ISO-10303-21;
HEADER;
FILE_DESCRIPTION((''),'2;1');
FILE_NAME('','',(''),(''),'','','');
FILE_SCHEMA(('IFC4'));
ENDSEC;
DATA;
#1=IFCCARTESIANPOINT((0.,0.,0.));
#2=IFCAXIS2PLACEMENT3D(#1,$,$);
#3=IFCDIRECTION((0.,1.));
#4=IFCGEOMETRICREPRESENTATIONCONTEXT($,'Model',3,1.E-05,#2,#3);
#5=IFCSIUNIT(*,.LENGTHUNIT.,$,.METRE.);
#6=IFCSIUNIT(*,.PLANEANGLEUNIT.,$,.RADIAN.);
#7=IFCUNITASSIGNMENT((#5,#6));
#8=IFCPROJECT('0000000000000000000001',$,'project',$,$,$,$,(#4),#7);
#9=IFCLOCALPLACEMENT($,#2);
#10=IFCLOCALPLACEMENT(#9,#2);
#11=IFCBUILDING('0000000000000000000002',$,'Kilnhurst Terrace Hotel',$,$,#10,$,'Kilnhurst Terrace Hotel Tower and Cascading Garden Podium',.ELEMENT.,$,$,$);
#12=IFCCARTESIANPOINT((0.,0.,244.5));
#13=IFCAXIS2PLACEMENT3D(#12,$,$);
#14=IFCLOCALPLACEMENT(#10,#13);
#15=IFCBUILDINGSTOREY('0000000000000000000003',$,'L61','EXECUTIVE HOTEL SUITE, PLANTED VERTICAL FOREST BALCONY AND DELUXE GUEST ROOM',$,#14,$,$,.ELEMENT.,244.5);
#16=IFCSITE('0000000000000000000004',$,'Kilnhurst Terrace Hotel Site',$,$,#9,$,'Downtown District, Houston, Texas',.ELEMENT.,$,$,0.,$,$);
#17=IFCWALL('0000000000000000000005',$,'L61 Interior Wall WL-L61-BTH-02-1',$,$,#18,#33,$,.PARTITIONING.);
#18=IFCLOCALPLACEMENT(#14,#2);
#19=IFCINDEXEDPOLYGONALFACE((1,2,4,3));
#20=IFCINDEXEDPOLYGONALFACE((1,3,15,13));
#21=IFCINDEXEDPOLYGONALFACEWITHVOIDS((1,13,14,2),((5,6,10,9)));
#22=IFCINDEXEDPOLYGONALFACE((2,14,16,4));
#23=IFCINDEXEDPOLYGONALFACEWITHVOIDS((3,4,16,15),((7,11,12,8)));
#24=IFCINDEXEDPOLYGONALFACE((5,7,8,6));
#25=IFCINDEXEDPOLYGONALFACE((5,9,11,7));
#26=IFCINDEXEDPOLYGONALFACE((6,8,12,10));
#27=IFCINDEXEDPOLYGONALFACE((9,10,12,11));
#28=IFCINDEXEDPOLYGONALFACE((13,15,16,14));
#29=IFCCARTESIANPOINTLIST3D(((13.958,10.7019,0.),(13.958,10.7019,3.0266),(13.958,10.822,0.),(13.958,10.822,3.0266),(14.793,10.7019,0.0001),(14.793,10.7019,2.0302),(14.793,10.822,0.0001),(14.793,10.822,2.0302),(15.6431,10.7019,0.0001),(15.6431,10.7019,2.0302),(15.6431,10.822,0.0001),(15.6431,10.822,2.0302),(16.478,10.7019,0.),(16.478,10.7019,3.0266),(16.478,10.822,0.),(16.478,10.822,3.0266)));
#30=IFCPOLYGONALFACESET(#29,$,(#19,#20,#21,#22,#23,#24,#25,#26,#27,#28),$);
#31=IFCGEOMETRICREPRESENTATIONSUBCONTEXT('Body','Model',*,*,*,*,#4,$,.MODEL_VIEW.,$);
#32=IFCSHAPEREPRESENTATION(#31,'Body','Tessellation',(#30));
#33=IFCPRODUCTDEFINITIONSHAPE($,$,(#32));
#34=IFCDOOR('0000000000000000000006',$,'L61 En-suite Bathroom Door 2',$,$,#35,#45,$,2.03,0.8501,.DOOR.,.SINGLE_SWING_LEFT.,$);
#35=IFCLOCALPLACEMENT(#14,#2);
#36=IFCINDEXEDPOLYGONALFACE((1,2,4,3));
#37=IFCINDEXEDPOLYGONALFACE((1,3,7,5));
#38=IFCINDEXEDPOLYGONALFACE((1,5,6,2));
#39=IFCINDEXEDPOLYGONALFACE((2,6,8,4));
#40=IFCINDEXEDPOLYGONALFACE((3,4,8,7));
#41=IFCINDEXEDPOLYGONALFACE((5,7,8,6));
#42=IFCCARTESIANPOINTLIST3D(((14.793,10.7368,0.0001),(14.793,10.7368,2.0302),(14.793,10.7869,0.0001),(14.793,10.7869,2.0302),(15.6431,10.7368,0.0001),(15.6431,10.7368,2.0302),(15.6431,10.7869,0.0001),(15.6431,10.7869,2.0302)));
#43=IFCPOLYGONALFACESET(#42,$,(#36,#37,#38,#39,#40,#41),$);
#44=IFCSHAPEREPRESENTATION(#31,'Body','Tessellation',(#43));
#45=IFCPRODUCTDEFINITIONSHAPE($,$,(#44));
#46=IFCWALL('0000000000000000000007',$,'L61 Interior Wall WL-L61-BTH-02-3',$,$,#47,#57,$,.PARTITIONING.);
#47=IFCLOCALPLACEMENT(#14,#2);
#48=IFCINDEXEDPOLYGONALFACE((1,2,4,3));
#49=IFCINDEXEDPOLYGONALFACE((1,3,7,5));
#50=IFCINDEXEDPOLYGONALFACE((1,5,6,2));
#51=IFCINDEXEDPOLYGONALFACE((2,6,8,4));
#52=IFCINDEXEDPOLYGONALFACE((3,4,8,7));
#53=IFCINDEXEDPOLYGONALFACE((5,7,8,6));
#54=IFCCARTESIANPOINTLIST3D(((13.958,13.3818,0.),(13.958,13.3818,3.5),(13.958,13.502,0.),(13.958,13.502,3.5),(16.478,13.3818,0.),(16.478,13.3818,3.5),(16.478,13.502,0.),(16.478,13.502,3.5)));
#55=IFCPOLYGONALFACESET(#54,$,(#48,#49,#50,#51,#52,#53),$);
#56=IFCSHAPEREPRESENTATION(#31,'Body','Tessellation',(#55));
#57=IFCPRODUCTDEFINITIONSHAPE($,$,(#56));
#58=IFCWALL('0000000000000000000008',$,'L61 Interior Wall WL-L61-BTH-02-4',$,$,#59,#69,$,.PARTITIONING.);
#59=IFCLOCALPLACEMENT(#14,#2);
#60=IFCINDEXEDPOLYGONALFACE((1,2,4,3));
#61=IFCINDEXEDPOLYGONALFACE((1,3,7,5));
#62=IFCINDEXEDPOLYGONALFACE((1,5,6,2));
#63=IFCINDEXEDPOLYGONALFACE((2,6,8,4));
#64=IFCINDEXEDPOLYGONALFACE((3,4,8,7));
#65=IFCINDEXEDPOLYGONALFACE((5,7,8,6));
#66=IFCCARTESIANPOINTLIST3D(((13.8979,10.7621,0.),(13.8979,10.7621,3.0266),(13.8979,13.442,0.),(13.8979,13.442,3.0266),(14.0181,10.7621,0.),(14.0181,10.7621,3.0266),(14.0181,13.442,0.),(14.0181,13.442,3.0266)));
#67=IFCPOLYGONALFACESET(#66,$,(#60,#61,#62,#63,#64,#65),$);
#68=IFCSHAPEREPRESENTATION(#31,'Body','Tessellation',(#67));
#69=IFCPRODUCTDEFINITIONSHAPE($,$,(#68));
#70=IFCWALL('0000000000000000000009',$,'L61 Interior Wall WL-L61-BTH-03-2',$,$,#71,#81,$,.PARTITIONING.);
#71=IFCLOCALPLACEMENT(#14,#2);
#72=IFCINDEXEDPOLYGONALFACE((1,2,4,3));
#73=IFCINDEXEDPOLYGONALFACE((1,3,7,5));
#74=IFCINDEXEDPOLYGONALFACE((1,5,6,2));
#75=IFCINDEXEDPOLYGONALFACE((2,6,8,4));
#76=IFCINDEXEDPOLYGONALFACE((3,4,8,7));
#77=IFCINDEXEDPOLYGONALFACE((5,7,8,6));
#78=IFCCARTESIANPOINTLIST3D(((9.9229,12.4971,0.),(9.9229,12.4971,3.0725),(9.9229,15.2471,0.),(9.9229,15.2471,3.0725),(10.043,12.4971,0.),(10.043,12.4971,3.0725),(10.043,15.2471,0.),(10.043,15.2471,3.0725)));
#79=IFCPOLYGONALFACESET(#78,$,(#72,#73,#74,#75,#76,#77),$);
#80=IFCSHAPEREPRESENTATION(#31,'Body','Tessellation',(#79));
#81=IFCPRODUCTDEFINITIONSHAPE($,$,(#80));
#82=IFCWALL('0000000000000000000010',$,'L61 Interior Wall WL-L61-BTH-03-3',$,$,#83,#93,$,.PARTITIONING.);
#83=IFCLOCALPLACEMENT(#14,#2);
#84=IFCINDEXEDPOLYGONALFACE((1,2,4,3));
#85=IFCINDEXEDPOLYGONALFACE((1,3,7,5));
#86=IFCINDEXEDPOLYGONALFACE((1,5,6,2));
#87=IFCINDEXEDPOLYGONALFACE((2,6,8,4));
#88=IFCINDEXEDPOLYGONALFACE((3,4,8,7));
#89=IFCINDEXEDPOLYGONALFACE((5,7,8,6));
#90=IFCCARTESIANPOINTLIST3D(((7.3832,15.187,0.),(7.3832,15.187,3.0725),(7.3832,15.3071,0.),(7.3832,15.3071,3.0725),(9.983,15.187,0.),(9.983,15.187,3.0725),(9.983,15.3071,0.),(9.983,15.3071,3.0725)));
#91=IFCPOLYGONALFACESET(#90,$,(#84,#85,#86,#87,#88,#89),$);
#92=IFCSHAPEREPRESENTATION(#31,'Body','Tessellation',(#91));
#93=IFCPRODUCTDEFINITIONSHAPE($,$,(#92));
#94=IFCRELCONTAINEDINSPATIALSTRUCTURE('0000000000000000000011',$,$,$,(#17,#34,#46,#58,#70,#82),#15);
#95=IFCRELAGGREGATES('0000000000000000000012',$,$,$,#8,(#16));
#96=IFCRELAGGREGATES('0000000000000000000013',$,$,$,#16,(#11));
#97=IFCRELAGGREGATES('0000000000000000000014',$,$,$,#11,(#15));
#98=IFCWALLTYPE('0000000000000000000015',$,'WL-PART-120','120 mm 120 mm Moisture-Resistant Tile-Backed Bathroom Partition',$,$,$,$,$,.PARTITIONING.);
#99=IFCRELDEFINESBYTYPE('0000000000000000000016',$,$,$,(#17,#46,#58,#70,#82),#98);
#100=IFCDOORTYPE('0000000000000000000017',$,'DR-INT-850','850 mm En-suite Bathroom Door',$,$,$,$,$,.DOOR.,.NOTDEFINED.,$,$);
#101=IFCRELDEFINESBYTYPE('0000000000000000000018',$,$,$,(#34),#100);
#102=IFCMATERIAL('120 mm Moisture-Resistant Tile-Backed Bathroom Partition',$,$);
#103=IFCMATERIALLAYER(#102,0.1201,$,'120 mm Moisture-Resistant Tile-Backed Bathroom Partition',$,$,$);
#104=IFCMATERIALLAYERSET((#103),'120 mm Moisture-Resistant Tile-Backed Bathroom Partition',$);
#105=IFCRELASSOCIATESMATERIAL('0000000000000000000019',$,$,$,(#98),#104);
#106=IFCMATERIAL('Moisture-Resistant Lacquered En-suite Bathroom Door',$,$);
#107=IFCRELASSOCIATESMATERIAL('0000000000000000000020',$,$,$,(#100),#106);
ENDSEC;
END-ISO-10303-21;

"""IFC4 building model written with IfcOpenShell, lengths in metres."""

from ifc_helpers import new_model, si_unit, direction, frame, frame_2d, origin, place, context, subcontext, project, spatial, rectangle, extrude, material, layer, layer_set, type_object, element, fill, save


model = new_model("IFC4")

# Units and contexts
model_context = context("Model", 3, precision=1e-05, world=origin(), true_north=direction((0.0, 1.0)))
body_context = subcontext(model_context, "Body", "Model", "MODEL_VIEW")
ifc_project = project(units=[si_unit("LENGTHUNIT", "METRE"), si_unit("PLANEANGLEUNIT", "RADIAN")], contexts=[model_context])

# Site, building, storey
site_placement = place(None, origin())
site = spatial("IfcSite", under=ifc_project, at=site_placement, Name="Kilnhurst Terrace Hotel Site", LongName="Downtown District, Houston, Texas", CompositionType="ELEMENT", RefElevation=0.0)
building_placement = place(site_placement, origin())
building = spatial("IfcBuilding", under=site, at=building_placement, Name="Kilnhurst Terrace Hotel", LongName="Kilnhurst Terrace Hotel Tower and Cascading Garden Podium", CompositionType="ELEMENT")
storey_placement = place(building_placement, frame((0.0, 0.0, 244.5)))
storey = spatial("IfcBuildingStorey", under=building, at=storey_placement, Name="L61", Description="EXECUTIVE HOTEL SUITE, PLANTED VERTICAL FOREST BALCONY AND DELUXE GUEST ROOM", CompositionType="ELEMENT", Elevation=244.5)

# Wall, opening, door
ifc_material_1 = material(Name="120 mm Moisture-Resistant Tile-Backed Bathroom Partition")
ifc_layer_1 = layer(ifc_material_1, 0.1201, Name="120 mm Moisture-Resistant Tile-Backed Bathroom Partition")
ifc_layer_set_1 = layer_set([ifc_layer_1], Name="120 mm Moisture-Resistant Tile-Backed Bathroom Partition")
wall_type_1 = type_object("IfcWallType", Name="WL-PART-120", Description="120 mm 120 mm Moisture-Resistant Tile-Backed Bathroom Partition", PredefinedType="PARTITIONING", material=ifc_layer_set_1)
wall_1_placement = place(storey_placement, frame((13.958, 10.762, 0.0), z_axis=(0.0, 0.0, 1.0), x_axis=(1.0, 0.0, 0.0)))
wall_1 = element("IfcWall", 1, at=wall_1_placement, inside=storey, type_object=wall_type_1, Name="L61 Interior Wall WL-L61-BTH-02-1", PredefinedType="PARTITIONING", context=body_context, shape_type="SweptSolid", body=[
    extrude(rectangle(XDim=2.52, YDim=0.1201, at=frame_2d((1.26, 0.0))), origin(), (0.0, 0.0, 1.0), 3.0266),
])
opening_1_placement = place(wall_1_placement, frame((0.835, 0.0, 0.0)))
opening_1 = element("IfcOpeningElement", 2, at=opening_1_placement, cuts=wall_1, PredefinedType="OPENING", context=body_context, shape_type="SweptSolid", body=[
    extrude(rectangle(XDim=0.8501, YDim=2.03, at=frame_2d((0.425, 1.0151))), frame((0.0, 0.0701, 0.0), z_axis=(0.0, -1.0, 0.0), x_axis=(1.0, 0.0, 0.0)), (0.0, 0.0, 1.0), 0.1401),
])
ifc_material_2 = material(Name="Moisture-Resistant Lacquered En-suite Bathroom Door")
door_type_1 = type_object("IfcDoorType", Name="DR-INT-850", Description="850 mm En-suite Bathroom Door", OperationType="NOTDEFINED", PredefinedType="DOOR", material=ifc_material_2)
door_1_placement = place(opening_1_placement, origin())
door_1 = element("IfcDoor", 3, at=door_1_placement, inside=storey, type_object=door_type_1, Name="L61 En-suite Bathroom Door 2", OperationType="SINGLE_SWING_LEFT", OverallHeight=2.03, OverallWidth=0.8501, PredefinedType="DOOR", context=body_context, shape_type="SweptSolid", body=[
    extrude(rectangle(XDim=0.8501, YDim=2.03, at=frame_2d((0.425, 1.0151))), frame((0.0, 0.0249, 0.0), z_axis=(0.0, -1.0, 0.0), x_axis=(1.0, 0.0, 0.0)), (0.0, 0.0, 1.0), 0.05),
])
fill(opening_1, door_1)

# Walls
wall_2_placement = place(storey_placement, frame((16.478, 13.4419, 0.0), z_axis=(0.0, 0.0, 1.0), x_axis=(-1.0, 0.0, 0.0)))
element("IfcWall", 4, at=wall_2_placement, inside=storey, type_object=wall_type_1, Name="L61 Interior Wall WL-L61-BTH-02-3", PredefinedType="PARTITIONING", context=body_context, shape_type="SweptSolid", body=[
    extrude(rectangle(XDim=2.52, YDim=0.1201, at=frame_2d((1.26, 0.0))), origin(), (0.0, 0.0, 1.0), 3.5),
])
wall_3_placement = place(storey_placement, frame((13.958, 13.4419, 0.0), z_axis=(0.0, 0.0, 1.0), x_axis=(0.0, -1.0, 0.0)))
element("IfcWall", 5, at=wall_3_placement, inside=storey, type_object=wall_type_1, Name="L61 Interior Wall WL-L61-BTH-02-4", PredefinedType="PARTITIONING", context=body_context, shape_type="SweptSolid", body=[
    extrude(rectangle(XDim=2.6799, YDim=0.1201, at=frame_2d((1.3398, 0.0))), origin(), (0.0, 0.0, 1.0), 3.0266),
])
wall_4_placement = place(storey_placement, frame((9.9829, 12.4971, 0.0), z_axis=(0.0, 0.0, 1.0), x_axis=(0.0, 1.0, 0.0)))
element("IfcWall", 6, at=wall_4_placement, inside=storey, type_object=wall_type_1, Name="L61 Interior Wall WL-L61-BTH-03-2", PredefinedType="PARTITIONING", context=body_context, shape_type="SweptSolid", body=[
    extrude(rectangle(XDim=2.75, YDim=0.1201, at=frame_2d((1.375, 0.0))), origin(), (0.0, 0.0, 1.0), 3.0725),
])
wall_5_placement = place(storey_placement, frame((9.9829, 15.2471, 0.0), z_axis=(0.0, 0.0, 1.0), x_axis=(-1.0, 0.0, 0.0)))
element("IfcWall", 7, at=wall_5_placement, inside=storey, type_object=wall_type_1, Name="L61 Interior Wall WL-L61-BTH-03-3", PredefinedType="PARTITIONING", context=body_context, shape_type="SweptSolid", body=[
    extrude(rectangle(XDim=2.5999, YDim=0.1201, at=frame_2d((1.2998, 0.0))), origin(), (0.0, 0.0, 1.0), 3.0725),
])

save(model, "model.ifc")
